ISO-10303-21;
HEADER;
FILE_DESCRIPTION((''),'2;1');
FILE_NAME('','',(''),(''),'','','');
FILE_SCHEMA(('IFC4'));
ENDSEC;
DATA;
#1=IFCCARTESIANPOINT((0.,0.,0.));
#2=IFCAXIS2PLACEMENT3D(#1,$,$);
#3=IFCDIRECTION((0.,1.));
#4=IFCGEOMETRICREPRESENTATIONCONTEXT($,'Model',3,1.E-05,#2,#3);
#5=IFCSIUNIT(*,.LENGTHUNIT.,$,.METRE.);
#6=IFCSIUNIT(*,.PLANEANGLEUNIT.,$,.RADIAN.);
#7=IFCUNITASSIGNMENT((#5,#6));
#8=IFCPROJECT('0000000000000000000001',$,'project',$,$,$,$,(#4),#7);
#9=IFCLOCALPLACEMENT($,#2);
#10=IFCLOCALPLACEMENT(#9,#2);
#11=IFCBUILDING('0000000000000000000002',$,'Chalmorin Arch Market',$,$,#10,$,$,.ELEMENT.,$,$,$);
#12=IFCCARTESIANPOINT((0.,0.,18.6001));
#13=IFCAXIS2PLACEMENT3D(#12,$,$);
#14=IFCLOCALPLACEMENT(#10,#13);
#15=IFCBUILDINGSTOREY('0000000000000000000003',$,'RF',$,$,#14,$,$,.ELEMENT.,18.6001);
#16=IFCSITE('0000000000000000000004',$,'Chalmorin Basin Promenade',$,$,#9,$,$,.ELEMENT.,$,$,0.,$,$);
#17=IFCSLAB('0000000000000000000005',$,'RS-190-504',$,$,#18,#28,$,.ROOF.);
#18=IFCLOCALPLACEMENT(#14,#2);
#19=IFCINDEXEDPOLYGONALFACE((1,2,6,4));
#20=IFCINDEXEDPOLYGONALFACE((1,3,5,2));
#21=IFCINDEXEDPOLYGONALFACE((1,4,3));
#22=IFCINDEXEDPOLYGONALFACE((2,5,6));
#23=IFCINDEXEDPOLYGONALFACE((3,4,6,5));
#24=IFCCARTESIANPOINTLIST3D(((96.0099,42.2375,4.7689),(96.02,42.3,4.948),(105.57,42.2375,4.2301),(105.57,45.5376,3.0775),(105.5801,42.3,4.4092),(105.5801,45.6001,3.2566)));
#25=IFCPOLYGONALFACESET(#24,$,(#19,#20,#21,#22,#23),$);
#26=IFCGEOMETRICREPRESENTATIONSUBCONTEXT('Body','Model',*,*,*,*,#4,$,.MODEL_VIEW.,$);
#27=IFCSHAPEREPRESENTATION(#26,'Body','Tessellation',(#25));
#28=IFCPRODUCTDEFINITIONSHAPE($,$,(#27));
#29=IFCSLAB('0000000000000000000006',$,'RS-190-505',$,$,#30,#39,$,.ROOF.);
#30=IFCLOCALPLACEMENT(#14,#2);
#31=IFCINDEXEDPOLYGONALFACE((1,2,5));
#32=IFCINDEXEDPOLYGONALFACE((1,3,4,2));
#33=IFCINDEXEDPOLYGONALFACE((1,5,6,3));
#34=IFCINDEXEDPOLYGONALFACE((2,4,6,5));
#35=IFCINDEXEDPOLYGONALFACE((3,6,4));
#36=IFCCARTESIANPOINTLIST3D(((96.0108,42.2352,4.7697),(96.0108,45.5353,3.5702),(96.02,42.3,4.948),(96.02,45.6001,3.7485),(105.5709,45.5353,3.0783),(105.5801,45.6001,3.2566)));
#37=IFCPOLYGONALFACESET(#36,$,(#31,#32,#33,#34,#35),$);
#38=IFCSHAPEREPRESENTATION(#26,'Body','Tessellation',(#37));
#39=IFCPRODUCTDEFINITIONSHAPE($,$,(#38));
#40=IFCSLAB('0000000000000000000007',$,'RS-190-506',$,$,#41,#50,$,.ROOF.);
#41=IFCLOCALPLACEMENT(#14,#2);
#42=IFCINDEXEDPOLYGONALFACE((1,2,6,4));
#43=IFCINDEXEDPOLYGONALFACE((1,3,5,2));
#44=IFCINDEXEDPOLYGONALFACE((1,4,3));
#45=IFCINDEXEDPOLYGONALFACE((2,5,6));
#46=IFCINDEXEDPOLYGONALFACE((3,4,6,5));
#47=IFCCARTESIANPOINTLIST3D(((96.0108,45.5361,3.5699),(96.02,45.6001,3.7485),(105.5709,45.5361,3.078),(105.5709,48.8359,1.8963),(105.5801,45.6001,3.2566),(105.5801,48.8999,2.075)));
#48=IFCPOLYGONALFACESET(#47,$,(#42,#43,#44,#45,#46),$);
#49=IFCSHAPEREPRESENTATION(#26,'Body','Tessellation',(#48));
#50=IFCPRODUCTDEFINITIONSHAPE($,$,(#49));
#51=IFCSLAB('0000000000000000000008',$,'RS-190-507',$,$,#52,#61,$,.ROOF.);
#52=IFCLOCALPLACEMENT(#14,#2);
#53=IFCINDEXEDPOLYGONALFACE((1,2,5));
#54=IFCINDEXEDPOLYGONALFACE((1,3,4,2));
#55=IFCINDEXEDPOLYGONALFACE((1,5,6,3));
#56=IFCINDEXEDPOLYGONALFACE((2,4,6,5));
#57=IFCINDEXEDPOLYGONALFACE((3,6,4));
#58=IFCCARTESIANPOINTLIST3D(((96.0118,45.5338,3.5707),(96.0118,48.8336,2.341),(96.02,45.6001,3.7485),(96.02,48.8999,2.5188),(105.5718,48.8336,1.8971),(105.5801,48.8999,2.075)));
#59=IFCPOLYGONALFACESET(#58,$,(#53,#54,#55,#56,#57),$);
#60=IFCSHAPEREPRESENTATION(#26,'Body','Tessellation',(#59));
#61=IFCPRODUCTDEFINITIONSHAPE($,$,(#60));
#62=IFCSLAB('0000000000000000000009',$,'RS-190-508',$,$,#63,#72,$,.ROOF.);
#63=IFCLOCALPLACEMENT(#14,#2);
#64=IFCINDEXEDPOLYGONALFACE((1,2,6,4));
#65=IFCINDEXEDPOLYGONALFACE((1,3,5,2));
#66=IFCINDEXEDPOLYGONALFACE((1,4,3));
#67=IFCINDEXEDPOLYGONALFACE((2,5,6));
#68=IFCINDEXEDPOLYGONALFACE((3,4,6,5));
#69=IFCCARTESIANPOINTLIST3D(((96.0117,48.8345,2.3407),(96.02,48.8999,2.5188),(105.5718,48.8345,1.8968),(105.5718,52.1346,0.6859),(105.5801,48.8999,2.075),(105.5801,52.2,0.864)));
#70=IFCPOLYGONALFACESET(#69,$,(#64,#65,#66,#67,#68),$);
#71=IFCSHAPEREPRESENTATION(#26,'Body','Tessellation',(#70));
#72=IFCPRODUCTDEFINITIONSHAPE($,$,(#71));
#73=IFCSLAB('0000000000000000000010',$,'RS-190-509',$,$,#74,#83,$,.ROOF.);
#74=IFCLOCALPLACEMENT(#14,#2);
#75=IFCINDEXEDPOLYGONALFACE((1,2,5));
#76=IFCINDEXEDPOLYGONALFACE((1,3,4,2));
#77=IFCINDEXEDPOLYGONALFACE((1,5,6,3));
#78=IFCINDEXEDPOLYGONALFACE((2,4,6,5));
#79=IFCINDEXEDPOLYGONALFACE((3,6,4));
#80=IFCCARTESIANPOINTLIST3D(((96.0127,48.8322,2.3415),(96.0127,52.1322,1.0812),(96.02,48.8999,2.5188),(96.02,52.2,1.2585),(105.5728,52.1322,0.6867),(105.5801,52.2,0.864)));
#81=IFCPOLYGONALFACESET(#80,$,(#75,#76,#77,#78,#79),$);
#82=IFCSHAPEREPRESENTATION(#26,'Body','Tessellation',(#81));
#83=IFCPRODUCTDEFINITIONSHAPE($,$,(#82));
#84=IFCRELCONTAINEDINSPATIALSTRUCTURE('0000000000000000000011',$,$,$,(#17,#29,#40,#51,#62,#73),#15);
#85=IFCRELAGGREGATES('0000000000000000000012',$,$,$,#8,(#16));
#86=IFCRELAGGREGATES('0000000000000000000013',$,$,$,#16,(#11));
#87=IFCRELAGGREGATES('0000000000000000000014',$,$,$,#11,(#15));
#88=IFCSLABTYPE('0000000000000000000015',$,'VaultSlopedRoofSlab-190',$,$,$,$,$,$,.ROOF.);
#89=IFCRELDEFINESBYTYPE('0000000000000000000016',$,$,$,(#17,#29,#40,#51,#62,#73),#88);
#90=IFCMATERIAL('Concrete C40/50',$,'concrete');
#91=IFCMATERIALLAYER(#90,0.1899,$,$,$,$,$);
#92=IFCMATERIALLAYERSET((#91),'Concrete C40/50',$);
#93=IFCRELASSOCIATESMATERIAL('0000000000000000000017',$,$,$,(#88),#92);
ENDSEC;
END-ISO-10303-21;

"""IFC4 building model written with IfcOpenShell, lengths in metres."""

from ifc_helpers import new_model, si_unit, direction, frame, origin, place, context, subcontext, project, spatial, polyline, outline, extrude, material, layer, layer_set, type_object, element, save


model = new_model("IFC4")

# Units and contexts
model_context = context("Model", 3, precision=1e-05, world=origin(), true_north=direction((0.0, 1.0)))
body_context = subcontext(model_context, "Body", "Model", "MODEL_VIEW")
ifc_project = project(units=[si_unit("LENGTHUNIT", "METRE"), si_unit("PLANEANGLEUNIT", "RADIAN")], contexts=[model_context])

# Site, building, storey
site_placement = place(None, origin())
site = spatial("IfcSite", under=ifc_project, at=site_placement, Name="Chalmorin Basin Promenade", CompositionType="ELEMENT", RefElevation=0.0)
building_placement = place(site_placement, origin())
building = spatial("IfcBuilding", under=site, at=building_placement, Name="Chalmorin Arch Market", CompositionType="ELEMENT")
storey_placement = place(building_placement, frame((0.0, 0.0, 18.6001)))
storey = spatial("IfcBuildingStorey", under=building, at=storey_placement, Name="RF", CompositionType="ELEMENT", Elevation=18.6001)

# Slabs
ifc_material_1 = material(Name="Concrete C40/50", Category="concrete")
ifc_layer_1 = layer(ifc_material_1, 0.1899)
ifc_layer_set_1 = layer_set([ifc_layer_1], Name="Concrete C40/50")
slab_type = type_object("IfcSlabType", Name="VaultSlopedRoofSlab-190", PredefinedType="ROOF", material=ifc_layer_set_1)
slab_1_placement = place(storey_placement, frame((96.02, 42.3, 4.948), z_axis=(0.053134, 0.329265, 0.942741), x_axis=(0.998415, 0.0, -0.056272)))
element("IfcSlab", 1, at=slab_1_placement, inside=storey, type_object=slab_type, Name="RS-190-504", PredefinedType="ROOF", context=body_context, shape_type="SweptSolid", body=[
    extrude(outline(polyline([(0.0, 0.0), (9.5752, 0.0), (9.6401, 3.4949), (0.0, 0.0)])), origin(), (0.0, 0.0, -1.0), 0.1899),
])
slab_2_placement = place(storey_placement, frame((96.02, 42.3, 4.948), z_axis=(0.048306, 0.341205, 0.938747), x_axis=(0.932319, 0.321828, -0.16495)))
element("IfcSlab", 2, at=slab_2_placement, inside=storey, type_object=slab_type, Name="RS-190-505", PredefinedType="ROOF", context=body_context, shape_type="SweptSolid", body=[
    extrude(outline(polyline([(0.0, 0.0), (10.2541, 0.0), (1.2599, 3.2775), (0.0, 0.0)])), origin(), (0.0, 0.0, -1.0), 0.1899),
])
slab_3_placement = place(storey_placement, frame((96.02, 45.6001, 3.7485), z_axis=(0.048389, 0.336736, 0.940355), x_axis=(0.998679, 0.0, -0.05139)))
element("IfcSlab", 3, at=slab_3_placement, inside=storey, type_object=slab_type, Name="RS-190-506", PredefinedType="ROOF", context=body_context, shape_type="SweptSolid", body=[
    extrude(outline(polyline([(0.0, 0.0), (9.5727, 0.0), (9.6334, 3.5045), (0.0, 0.0)])), origin(), (0.0, 0.0, -1.0), 0.1899),
])
slab_4_placement = place(storey_placement, frame((96.02, 45.6001, 3.7485), z_axis=(0.043463, 0.348878, 0.93616), x_axis=(0.932592, 0.321899, -0.16326)))
element("IfcSlab", 4, at=slab_4_placement, inside=storey, type_object=slab_type, Name="RS-190-507", PredefinedType="ROOF", context=body_context, shape_type="SweptSolid", body=[
    extrude(outline(polyline([(0.0, 0.0), (10.2511, 0.0), (1.263, 3.2872), (0.0, 0.0)])), origin(), (0.0, 0.0, -1.0), 0.1899),
])
slab_5_placement = place(storey_placement, frame((96.02, 48.8999, 2.5188), z_axis=(0.043544, 0.344158, 0.937901), x_axis=(0.998924, 0.0, -0.046377)))
element("IfcSlab", 5, at=slab_5_placement, inside=storey, type_object=slab_type, Name="RS-190-508", PredefinedType="ROOF", context=body_context, shape_type="SweptSolid", body=[
    extrude(outline(polyline([(0.0, 0.0), (9.5704, 0.0), (9.6265, 3.5148), (0.0, 0.0)])), origin(), (0.0, 0.0, -1.0), 0.1899),
])
slab_6_placement = place(storey_placement, frame((96.02, 48.8999, 2.5188), z_axis=(0.038524, 0.356495, 0.933503), x_axis=(0.932862, 0.322016, -0.161473)))
element("IfcSlab", 6, at=slab_6_placement, inside=storey, type_object=slab_type, Name="RS-190-509", PredefinedType="ROOF", context=body_context, shape_type="SweptSolid", body=[
    extrude(outline(polyline([(0.0, 0.0), (10.2481, 0.0), (1.2662, 3.2978), (0.0, 0.0)])), origin(), (0.0, 0.0, -1.0), 0.1899),
])

save(model, "model.ifc")
